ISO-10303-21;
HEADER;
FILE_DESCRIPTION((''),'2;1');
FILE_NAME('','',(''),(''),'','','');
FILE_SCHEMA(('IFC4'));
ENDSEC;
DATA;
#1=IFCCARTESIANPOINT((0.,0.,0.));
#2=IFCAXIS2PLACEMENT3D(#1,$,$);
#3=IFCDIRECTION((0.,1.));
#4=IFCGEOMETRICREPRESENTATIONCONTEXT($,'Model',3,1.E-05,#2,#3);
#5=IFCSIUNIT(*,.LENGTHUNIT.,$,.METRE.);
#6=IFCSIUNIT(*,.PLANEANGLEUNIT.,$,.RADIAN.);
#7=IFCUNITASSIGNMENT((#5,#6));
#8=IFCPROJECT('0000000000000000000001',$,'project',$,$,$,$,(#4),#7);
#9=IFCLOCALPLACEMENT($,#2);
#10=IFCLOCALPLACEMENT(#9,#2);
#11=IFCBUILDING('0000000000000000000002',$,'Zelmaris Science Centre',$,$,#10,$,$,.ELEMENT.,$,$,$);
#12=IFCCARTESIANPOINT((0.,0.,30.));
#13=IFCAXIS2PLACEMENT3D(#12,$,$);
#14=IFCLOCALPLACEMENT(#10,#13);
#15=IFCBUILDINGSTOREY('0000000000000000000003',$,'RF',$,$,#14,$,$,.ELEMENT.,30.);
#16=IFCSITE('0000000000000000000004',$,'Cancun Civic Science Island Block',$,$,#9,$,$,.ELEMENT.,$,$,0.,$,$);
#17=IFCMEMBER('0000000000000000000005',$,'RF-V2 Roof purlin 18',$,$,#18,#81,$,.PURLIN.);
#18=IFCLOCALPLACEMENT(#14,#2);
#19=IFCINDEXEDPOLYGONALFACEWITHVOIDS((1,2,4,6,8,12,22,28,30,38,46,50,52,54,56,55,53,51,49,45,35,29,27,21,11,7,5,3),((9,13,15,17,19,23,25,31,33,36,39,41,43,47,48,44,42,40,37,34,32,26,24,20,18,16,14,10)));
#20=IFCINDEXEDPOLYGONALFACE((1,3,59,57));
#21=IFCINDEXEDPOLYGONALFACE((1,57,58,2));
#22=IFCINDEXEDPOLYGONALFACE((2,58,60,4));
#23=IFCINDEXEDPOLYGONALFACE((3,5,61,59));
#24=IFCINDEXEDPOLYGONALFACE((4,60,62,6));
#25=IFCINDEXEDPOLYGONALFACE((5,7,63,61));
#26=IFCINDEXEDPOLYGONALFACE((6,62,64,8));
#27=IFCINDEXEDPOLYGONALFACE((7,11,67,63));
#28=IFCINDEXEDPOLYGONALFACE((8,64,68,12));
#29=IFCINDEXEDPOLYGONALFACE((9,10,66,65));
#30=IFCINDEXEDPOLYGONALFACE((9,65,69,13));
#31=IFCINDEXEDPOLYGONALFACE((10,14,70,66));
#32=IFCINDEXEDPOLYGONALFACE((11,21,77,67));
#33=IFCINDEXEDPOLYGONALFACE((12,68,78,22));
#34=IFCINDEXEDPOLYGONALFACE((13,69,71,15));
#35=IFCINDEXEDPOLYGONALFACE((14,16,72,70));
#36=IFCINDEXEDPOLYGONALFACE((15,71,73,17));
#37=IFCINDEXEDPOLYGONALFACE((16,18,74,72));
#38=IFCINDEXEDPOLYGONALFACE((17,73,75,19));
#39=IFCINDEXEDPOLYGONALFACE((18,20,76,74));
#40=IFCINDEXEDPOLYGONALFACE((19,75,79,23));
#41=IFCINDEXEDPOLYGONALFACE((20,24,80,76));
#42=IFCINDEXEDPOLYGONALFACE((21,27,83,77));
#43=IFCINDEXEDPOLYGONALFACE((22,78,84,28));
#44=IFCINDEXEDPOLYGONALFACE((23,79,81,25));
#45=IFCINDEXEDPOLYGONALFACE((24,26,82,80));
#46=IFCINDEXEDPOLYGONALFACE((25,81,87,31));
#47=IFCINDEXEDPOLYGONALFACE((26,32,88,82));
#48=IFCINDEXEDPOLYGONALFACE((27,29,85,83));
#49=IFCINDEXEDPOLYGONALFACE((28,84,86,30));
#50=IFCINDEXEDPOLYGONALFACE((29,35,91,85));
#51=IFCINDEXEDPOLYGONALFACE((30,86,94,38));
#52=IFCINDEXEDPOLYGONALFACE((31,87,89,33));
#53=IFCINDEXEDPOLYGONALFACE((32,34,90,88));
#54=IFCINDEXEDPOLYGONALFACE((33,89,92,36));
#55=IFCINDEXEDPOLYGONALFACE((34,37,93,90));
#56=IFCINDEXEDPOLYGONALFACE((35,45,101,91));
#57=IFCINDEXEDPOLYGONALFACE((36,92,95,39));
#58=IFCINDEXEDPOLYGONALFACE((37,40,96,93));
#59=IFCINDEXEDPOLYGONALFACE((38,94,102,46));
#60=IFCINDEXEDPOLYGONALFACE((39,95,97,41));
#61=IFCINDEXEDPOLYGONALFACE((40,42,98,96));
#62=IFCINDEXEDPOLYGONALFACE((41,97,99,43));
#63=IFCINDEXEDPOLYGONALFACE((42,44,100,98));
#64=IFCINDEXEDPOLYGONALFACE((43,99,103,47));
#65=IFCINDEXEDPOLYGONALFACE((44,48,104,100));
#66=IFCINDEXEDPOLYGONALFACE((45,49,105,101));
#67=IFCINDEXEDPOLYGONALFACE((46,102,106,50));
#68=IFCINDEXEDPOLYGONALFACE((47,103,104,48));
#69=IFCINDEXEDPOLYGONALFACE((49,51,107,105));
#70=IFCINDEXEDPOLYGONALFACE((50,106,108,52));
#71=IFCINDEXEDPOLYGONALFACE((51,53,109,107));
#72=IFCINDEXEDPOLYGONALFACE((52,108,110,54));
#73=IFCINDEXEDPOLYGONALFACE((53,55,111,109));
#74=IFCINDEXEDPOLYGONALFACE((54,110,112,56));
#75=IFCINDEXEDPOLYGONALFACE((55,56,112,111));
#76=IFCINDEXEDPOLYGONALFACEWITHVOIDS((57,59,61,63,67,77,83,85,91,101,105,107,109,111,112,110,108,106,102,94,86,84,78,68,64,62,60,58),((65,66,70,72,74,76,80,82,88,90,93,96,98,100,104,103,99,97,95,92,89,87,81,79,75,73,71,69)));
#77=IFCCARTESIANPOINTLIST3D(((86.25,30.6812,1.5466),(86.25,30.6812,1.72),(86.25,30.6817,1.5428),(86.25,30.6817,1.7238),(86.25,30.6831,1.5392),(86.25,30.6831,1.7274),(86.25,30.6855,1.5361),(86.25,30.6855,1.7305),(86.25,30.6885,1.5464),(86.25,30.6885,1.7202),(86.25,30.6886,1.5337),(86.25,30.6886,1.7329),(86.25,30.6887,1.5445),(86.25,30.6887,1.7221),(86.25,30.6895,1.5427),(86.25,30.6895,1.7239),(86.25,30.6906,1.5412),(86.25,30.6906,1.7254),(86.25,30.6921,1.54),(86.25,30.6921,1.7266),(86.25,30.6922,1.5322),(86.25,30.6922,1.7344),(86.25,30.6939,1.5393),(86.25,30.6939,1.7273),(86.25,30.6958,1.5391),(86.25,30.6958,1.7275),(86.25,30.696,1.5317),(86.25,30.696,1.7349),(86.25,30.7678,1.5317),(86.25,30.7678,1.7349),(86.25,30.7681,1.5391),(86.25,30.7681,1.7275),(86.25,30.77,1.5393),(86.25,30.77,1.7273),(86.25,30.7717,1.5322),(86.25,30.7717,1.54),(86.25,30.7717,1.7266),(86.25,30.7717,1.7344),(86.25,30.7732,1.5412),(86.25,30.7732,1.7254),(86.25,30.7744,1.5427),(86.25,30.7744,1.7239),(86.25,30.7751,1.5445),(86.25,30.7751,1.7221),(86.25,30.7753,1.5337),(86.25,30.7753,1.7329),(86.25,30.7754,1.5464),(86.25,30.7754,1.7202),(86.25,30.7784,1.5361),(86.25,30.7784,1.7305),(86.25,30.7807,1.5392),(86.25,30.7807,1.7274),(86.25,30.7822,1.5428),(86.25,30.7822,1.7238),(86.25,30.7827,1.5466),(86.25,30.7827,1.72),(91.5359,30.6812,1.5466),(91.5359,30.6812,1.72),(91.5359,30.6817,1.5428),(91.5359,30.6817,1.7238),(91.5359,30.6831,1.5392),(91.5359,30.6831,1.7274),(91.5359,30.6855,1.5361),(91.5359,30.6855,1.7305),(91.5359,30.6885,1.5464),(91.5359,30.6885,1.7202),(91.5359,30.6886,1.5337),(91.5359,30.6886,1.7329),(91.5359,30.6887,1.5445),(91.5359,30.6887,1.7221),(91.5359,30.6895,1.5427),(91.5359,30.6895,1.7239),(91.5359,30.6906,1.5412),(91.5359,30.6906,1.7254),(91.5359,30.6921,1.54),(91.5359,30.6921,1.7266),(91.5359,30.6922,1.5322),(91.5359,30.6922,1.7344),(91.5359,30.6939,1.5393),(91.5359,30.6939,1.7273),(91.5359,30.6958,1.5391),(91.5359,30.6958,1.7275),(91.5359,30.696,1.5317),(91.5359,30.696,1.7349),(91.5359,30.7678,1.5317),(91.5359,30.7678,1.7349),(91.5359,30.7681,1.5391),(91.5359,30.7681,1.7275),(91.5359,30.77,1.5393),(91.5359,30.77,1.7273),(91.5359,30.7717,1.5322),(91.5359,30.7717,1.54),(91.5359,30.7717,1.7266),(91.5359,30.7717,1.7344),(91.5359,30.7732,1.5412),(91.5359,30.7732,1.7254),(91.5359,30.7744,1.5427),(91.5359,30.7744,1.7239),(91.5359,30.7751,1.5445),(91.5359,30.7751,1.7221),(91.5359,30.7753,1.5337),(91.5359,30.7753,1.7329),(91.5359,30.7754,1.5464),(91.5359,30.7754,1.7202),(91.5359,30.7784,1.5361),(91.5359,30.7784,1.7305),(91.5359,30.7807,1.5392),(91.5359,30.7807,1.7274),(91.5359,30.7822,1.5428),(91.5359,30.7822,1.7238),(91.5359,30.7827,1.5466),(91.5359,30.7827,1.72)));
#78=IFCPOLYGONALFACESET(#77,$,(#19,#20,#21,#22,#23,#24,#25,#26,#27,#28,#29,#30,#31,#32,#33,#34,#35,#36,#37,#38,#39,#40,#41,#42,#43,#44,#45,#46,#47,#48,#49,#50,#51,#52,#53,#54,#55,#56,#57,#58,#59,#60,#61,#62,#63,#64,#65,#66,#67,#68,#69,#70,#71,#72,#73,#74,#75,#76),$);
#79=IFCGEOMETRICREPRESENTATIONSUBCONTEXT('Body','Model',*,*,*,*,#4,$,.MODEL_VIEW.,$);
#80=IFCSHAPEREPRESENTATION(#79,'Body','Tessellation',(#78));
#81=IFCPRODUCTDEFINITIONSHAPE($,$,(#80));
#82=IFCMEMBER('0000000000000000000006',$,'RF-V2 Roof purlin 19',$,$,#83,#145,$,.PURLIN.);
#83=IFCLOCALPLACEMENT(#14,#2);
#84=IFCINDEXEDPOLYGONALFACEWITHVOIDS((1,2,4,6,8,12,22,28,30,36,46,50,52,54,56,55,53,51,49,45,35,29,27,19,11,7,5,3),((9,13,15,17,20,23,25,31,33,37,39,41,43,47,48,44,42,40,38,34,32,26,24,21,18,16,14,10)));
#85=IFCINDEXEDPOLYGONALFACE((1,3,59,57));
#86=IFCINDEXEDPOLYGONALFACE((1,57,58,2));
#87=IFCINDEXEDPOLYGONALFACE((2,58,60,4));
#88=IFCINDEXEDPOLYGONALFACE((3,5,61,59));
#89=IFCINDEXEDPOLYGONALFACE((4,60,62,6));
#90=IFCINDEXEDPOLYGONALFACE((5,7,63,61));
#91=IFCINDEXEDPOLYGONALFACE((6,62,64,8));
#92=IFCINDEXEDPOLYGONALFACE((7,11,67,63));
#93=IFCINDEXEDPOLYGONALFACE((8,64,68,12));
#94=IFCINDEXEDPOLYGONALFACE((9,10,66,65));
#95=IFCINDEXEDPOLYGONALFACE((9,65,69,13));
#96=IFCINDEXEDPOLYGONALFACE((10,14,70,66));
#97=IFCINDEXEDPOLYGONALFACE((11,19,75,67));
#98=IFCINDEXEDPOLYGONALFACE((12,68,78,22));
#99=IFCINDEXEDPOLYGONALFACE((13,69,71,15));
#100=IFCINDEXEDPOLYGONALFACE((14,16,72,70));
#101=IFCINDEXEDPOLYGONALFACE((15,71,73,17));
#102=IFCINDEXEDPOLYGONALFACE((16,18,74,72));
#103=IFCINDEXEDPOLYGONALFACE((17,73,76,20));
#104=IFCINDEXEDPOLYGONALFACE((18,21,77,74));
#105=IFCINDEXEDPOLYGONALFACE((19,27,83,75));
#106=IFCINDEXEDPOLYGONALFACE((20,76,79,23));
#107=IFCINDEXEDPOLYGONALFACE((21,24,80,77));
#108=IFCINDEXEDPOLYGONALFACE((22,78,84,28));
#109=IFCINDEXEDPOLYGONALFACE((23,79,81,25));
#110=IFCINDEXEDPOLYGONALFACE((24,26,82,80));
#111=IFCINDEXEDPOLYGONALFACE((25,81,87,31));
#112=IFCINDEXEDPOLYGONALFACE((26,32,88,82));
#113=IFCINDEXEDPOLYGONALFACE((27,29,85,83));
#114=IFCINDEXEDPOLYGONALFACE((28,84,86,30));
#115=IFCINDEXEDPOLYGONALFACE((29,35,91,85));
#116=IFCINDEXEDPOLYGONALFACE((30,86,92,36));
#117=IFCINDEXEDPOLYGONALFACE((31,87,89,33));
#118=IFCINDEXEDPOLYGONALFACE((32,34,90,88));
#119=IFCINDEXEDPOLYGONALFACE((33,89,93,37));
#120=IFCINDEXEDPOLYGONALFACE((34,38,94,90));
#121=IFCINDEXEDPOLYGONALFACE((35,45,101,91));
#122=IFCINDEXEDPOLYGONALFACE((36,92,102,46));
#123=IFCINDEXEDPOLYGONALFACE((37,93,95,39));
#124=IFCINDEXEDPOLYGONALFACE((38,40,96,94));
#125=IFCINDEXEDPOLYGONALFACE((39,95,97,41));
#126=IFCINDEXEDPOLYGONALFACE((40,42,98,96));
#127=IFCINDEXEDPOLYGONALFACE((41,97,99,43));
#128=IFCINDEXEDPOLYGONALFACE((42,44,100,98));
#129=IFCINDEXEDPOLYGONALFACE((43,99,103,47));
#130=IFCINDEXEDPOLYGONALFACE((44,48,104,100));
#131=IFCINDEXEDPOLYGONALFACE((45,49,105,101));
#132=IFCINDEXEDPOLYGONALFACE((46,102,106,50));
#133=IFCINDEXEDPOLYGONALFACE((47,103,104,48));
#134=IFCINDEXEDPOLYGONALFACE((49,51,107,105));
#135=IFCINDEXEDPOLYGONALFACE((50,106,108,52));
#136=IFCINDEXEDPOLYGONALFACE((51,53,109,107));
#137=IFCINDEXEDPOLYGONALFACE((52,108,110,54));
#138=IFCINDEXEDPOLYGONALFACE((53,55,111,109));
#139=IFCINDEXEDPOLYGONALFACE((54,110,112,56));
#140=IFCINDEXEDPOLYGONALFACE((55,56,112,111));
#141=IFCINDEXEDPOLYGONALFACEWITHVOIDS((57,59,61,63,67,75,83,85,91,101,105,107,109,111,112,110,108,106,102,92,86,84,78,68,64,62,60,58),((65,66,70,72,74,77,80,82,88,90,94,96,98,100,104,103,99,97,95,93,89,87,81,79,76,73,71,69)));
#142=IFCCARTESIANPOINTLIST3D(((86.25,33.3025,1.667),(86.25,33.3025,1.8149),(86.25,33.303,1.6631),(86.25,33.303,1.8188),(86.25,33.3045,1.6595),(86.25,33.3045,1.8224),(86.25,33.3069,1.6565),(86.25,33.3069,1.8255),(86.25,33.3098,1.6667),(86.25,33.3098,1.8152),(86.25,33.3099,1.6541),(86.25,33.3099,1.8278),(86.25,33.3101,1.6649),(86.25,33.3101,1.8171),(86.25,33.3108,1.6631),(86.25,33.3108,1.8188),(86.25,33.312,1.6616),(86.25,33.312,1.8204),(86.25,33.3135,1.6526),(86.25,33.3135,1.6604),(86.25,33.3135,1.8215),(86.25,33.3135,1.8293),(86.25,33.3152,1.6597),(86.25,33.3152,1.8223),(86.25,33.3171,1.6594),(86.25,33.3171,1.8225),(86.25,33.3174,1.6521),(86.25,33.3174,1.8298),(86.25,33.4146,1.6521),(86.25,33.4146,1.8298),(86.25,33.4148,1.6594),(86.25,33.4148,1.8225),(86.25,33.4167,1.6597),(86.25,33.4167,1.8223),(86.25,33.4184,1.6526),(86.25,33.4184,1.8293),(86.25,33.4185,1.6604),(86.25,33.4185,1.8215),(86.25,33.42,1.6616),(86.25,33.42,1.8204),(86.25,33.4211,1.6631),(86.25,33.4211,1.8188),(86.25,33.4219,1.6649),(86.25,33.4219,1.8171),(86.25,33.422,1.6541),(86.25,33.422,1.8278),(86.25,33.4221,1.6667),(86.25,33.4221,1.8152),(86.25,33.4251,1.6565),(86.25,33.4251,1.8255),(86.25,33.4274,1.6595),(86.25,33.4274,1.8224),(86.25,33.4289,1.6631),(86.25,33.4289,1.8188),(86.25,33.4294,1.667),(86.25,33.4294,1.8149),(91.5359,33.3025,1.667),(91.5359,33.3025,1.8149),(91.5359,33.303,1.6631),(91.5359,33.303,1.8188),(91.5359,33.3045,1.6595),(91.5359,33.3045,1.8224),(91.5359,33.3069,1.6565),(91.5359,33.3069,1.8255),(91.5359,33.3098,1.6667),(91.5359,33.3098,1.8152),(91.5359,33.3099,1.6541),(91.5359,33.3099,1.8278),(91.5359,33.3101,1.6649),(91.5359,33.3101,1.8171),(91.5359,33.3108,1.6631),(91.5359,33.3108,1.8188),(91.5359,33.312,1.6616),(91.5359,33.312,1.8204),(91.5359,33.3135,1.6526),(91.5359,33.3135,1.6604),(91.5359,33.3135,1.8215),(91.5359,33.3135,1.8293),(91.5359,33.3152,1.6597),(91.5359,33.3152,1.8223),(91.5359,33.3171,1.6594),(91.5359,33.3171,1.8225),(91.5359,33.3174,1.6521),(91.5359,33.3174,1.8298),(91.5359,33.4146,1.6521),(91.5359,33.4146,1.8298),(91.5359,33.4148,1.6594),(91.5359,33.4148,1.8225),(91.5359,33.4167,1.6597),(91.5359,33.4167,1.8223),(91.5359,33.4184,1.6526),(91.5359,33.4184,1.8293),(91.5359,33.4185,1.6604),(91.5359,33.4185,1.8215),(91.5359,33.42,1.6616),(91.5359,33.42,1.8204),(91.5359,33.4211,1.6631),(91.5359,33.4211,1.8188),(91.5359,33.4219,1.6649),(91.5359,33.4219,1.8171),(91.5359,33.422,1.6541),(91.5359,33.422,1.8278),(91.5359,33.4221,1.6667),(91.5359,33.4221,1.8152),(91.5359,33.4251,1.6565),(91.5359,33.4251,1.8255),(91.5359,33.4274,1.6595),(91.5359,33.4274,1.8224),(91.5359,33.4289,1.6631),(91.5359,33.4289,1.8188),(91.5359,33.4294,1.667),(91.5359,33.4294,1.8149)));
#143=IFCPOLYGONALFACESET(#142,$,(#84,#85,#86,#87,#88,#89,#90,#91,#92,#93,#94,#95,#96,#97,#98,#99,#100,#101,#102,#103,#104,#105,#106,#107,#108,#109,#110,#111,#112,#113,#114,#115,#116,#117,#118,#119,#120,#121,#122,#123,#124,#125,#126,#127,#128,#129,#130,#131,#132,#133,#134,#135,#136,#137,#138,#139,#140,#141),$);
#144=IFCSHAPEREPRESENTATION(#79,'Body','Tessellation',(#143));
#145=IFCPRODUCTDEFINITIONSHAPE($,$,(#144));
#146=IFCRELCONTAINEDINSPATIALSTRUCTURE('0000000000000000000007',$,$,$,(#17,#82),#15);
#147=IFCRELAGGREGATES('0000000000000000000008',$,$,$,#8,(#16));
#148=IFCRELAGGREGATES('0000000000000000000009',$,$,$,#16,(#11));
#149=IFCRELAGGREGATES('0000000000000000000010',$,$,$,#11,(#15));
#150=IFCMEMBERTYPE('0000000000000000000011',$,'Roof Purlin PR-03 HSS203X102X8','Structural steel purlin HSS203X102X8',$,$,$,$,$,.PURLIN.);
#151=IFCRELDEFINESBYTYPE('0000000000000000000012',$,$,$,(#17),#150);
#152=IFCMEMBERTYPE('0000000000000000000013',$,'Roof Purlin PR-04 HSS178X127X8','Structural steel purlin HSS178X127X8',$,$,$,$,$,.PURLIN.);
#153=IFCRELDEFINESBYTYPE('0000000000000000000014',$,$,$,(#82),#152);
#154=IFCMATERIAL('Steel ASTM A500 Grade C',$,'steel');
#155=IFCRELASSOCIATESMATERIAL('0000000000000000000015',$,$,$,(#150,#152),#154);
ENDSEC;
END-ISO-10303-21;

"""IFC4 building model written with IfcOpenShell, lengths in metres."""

from ifc_helpers import new_model, si_unit, direction, frame, origin, origin_2d, place, context, subcontext, project, spatial, hollow_rectangle, extrude, material, material_profile, profile_set, type_object, element, save


model = new_model("IFC4")

# Units and contexts
model_context = context("Model", 3, precision=1e-05, world=origin(), true_north=direction((0.0, 1.0)))
body_context = subcontext(model_context, "Body", "Model", "MODEL_VIEW")
ifc_project = project(units=[si_unit("LENGTHUNIT", "METRE"), si_unit("PLANEANGLEUNIT", "RADIAN")], contexts=[model_context])

# Site, building, storey
site_placement = place(None, origin())
site = spatial("IfcSite", under=ifc_project, at=site_placement, Name="Cancun Civic Science Island Block", CompositionType="ELEMENT", RefElevation=0.0)
building_placement = place(site_placement, origin())
building = spatial("IfcBuilding", under=site, at=building_placement, Name="Zelmaris Science Centre", CompositionType="ELEMENT")
storey_placement = place(building_placement, frame((0.0, 0.0, 30.0)))
storey = spatial("IfcBuildingStorey", under=building, at=storey_placement, Name="RF", CompositionType="ELEMENT", Elevation=30.0)

# Shared definitions
ifc_material_1 = material(Name="Steel ASTM A500 Grade C", Category="steel")

# Members
ifc_material_profile_1 = material_profile(ifc_material_1, hollow_rectangle(XDim=0.1016, YDim=0.2031, WallThickness=0.0073, InnerFilletRadius=0.0073, OuterFilletRadius=0.0149, at=origin_2d()), Name="HSS203X102X8")
ifc_profile_set_1 = profile_set([ifc_material_profile_1], Name="Steel ASTM A500 Grade C")
member_type_1 = type_object("IfcMemberType", Name="Roof Purlin PR-03 HSS203X102X8", Description="Structural steel purlin HSS203X102X8", PredefinedType="PURLIN", material=ifc_profile_set_1)
member_1_placement = place(storey_placement, frame((86.25, 30.7319, 1.6333), z_axis=(1.0, 0.0, 0.0), x_axis=(0.0, 1.0, 0.0)))
element("IfcMember", 1, at=member_1_placement, inside=storey, type_object=member_type_1, Name="RF-V2 Roof purlin 18", PredefinedType="PURLIN", context=body_context, shape_type="SweptSolid", body=[
    extrude(hollow_rectangle(XDim=0.1016, YDim=0.2031, WallThickness=0.0073, InnerFilletRadius=0.0073, OuterFilletRadius=0.0149, at=origin_2d()), origin(), (0.0, 0.0, 1.0), 5.2859),
])
ifc_material_profile_2 = material_profile(ifc_material_1, hollow_rectangle(XDim=0.127, YDim=0.1777, WallThickness=0.0073, InnerFilletRadius=0.0073, OuterFilletRadius=0.0149, at=origin_2d()), Name="HSS178X127X8")
ifc_profile_set_2 = profile_set([ifc_material_profile_2], Name="Steel ASTM A500 Grade C")
member_type_2 = type_object("IfcMemberType", Name="Roof Purlin PR-04 HSS178X127X8", Description="Structural steel purlin HSS178X127X8", PredefinedType="PURLIN", material=ifc_profile_set_2)
member_2_placement = place(storey_placement, frame((86.25, 33.366, 1.741), z_axis=(1.0, 0.0, 0.0), x_axis=(0.0, 1.0, 0.0)))
element("IfcMember", 2, at=member_2_placement, inside=storey, type_object=member_type_2, Name="RF-V2 Roof purlin 19", PredefinedType="PURLIN", context=body_context, shape_type="SweptSolid", body=[
    extrude(hollow_rectangle(XDim=0.127, YDim=0.1777, WallThickness=0.0073, InnerFilletRadius=0.0073, OuterFilletRadius=0.0149, at=origin_2d()), origin(), (0.0, 0.0, 1.0), 5.2859),
])

save(model, "model.ifc")
